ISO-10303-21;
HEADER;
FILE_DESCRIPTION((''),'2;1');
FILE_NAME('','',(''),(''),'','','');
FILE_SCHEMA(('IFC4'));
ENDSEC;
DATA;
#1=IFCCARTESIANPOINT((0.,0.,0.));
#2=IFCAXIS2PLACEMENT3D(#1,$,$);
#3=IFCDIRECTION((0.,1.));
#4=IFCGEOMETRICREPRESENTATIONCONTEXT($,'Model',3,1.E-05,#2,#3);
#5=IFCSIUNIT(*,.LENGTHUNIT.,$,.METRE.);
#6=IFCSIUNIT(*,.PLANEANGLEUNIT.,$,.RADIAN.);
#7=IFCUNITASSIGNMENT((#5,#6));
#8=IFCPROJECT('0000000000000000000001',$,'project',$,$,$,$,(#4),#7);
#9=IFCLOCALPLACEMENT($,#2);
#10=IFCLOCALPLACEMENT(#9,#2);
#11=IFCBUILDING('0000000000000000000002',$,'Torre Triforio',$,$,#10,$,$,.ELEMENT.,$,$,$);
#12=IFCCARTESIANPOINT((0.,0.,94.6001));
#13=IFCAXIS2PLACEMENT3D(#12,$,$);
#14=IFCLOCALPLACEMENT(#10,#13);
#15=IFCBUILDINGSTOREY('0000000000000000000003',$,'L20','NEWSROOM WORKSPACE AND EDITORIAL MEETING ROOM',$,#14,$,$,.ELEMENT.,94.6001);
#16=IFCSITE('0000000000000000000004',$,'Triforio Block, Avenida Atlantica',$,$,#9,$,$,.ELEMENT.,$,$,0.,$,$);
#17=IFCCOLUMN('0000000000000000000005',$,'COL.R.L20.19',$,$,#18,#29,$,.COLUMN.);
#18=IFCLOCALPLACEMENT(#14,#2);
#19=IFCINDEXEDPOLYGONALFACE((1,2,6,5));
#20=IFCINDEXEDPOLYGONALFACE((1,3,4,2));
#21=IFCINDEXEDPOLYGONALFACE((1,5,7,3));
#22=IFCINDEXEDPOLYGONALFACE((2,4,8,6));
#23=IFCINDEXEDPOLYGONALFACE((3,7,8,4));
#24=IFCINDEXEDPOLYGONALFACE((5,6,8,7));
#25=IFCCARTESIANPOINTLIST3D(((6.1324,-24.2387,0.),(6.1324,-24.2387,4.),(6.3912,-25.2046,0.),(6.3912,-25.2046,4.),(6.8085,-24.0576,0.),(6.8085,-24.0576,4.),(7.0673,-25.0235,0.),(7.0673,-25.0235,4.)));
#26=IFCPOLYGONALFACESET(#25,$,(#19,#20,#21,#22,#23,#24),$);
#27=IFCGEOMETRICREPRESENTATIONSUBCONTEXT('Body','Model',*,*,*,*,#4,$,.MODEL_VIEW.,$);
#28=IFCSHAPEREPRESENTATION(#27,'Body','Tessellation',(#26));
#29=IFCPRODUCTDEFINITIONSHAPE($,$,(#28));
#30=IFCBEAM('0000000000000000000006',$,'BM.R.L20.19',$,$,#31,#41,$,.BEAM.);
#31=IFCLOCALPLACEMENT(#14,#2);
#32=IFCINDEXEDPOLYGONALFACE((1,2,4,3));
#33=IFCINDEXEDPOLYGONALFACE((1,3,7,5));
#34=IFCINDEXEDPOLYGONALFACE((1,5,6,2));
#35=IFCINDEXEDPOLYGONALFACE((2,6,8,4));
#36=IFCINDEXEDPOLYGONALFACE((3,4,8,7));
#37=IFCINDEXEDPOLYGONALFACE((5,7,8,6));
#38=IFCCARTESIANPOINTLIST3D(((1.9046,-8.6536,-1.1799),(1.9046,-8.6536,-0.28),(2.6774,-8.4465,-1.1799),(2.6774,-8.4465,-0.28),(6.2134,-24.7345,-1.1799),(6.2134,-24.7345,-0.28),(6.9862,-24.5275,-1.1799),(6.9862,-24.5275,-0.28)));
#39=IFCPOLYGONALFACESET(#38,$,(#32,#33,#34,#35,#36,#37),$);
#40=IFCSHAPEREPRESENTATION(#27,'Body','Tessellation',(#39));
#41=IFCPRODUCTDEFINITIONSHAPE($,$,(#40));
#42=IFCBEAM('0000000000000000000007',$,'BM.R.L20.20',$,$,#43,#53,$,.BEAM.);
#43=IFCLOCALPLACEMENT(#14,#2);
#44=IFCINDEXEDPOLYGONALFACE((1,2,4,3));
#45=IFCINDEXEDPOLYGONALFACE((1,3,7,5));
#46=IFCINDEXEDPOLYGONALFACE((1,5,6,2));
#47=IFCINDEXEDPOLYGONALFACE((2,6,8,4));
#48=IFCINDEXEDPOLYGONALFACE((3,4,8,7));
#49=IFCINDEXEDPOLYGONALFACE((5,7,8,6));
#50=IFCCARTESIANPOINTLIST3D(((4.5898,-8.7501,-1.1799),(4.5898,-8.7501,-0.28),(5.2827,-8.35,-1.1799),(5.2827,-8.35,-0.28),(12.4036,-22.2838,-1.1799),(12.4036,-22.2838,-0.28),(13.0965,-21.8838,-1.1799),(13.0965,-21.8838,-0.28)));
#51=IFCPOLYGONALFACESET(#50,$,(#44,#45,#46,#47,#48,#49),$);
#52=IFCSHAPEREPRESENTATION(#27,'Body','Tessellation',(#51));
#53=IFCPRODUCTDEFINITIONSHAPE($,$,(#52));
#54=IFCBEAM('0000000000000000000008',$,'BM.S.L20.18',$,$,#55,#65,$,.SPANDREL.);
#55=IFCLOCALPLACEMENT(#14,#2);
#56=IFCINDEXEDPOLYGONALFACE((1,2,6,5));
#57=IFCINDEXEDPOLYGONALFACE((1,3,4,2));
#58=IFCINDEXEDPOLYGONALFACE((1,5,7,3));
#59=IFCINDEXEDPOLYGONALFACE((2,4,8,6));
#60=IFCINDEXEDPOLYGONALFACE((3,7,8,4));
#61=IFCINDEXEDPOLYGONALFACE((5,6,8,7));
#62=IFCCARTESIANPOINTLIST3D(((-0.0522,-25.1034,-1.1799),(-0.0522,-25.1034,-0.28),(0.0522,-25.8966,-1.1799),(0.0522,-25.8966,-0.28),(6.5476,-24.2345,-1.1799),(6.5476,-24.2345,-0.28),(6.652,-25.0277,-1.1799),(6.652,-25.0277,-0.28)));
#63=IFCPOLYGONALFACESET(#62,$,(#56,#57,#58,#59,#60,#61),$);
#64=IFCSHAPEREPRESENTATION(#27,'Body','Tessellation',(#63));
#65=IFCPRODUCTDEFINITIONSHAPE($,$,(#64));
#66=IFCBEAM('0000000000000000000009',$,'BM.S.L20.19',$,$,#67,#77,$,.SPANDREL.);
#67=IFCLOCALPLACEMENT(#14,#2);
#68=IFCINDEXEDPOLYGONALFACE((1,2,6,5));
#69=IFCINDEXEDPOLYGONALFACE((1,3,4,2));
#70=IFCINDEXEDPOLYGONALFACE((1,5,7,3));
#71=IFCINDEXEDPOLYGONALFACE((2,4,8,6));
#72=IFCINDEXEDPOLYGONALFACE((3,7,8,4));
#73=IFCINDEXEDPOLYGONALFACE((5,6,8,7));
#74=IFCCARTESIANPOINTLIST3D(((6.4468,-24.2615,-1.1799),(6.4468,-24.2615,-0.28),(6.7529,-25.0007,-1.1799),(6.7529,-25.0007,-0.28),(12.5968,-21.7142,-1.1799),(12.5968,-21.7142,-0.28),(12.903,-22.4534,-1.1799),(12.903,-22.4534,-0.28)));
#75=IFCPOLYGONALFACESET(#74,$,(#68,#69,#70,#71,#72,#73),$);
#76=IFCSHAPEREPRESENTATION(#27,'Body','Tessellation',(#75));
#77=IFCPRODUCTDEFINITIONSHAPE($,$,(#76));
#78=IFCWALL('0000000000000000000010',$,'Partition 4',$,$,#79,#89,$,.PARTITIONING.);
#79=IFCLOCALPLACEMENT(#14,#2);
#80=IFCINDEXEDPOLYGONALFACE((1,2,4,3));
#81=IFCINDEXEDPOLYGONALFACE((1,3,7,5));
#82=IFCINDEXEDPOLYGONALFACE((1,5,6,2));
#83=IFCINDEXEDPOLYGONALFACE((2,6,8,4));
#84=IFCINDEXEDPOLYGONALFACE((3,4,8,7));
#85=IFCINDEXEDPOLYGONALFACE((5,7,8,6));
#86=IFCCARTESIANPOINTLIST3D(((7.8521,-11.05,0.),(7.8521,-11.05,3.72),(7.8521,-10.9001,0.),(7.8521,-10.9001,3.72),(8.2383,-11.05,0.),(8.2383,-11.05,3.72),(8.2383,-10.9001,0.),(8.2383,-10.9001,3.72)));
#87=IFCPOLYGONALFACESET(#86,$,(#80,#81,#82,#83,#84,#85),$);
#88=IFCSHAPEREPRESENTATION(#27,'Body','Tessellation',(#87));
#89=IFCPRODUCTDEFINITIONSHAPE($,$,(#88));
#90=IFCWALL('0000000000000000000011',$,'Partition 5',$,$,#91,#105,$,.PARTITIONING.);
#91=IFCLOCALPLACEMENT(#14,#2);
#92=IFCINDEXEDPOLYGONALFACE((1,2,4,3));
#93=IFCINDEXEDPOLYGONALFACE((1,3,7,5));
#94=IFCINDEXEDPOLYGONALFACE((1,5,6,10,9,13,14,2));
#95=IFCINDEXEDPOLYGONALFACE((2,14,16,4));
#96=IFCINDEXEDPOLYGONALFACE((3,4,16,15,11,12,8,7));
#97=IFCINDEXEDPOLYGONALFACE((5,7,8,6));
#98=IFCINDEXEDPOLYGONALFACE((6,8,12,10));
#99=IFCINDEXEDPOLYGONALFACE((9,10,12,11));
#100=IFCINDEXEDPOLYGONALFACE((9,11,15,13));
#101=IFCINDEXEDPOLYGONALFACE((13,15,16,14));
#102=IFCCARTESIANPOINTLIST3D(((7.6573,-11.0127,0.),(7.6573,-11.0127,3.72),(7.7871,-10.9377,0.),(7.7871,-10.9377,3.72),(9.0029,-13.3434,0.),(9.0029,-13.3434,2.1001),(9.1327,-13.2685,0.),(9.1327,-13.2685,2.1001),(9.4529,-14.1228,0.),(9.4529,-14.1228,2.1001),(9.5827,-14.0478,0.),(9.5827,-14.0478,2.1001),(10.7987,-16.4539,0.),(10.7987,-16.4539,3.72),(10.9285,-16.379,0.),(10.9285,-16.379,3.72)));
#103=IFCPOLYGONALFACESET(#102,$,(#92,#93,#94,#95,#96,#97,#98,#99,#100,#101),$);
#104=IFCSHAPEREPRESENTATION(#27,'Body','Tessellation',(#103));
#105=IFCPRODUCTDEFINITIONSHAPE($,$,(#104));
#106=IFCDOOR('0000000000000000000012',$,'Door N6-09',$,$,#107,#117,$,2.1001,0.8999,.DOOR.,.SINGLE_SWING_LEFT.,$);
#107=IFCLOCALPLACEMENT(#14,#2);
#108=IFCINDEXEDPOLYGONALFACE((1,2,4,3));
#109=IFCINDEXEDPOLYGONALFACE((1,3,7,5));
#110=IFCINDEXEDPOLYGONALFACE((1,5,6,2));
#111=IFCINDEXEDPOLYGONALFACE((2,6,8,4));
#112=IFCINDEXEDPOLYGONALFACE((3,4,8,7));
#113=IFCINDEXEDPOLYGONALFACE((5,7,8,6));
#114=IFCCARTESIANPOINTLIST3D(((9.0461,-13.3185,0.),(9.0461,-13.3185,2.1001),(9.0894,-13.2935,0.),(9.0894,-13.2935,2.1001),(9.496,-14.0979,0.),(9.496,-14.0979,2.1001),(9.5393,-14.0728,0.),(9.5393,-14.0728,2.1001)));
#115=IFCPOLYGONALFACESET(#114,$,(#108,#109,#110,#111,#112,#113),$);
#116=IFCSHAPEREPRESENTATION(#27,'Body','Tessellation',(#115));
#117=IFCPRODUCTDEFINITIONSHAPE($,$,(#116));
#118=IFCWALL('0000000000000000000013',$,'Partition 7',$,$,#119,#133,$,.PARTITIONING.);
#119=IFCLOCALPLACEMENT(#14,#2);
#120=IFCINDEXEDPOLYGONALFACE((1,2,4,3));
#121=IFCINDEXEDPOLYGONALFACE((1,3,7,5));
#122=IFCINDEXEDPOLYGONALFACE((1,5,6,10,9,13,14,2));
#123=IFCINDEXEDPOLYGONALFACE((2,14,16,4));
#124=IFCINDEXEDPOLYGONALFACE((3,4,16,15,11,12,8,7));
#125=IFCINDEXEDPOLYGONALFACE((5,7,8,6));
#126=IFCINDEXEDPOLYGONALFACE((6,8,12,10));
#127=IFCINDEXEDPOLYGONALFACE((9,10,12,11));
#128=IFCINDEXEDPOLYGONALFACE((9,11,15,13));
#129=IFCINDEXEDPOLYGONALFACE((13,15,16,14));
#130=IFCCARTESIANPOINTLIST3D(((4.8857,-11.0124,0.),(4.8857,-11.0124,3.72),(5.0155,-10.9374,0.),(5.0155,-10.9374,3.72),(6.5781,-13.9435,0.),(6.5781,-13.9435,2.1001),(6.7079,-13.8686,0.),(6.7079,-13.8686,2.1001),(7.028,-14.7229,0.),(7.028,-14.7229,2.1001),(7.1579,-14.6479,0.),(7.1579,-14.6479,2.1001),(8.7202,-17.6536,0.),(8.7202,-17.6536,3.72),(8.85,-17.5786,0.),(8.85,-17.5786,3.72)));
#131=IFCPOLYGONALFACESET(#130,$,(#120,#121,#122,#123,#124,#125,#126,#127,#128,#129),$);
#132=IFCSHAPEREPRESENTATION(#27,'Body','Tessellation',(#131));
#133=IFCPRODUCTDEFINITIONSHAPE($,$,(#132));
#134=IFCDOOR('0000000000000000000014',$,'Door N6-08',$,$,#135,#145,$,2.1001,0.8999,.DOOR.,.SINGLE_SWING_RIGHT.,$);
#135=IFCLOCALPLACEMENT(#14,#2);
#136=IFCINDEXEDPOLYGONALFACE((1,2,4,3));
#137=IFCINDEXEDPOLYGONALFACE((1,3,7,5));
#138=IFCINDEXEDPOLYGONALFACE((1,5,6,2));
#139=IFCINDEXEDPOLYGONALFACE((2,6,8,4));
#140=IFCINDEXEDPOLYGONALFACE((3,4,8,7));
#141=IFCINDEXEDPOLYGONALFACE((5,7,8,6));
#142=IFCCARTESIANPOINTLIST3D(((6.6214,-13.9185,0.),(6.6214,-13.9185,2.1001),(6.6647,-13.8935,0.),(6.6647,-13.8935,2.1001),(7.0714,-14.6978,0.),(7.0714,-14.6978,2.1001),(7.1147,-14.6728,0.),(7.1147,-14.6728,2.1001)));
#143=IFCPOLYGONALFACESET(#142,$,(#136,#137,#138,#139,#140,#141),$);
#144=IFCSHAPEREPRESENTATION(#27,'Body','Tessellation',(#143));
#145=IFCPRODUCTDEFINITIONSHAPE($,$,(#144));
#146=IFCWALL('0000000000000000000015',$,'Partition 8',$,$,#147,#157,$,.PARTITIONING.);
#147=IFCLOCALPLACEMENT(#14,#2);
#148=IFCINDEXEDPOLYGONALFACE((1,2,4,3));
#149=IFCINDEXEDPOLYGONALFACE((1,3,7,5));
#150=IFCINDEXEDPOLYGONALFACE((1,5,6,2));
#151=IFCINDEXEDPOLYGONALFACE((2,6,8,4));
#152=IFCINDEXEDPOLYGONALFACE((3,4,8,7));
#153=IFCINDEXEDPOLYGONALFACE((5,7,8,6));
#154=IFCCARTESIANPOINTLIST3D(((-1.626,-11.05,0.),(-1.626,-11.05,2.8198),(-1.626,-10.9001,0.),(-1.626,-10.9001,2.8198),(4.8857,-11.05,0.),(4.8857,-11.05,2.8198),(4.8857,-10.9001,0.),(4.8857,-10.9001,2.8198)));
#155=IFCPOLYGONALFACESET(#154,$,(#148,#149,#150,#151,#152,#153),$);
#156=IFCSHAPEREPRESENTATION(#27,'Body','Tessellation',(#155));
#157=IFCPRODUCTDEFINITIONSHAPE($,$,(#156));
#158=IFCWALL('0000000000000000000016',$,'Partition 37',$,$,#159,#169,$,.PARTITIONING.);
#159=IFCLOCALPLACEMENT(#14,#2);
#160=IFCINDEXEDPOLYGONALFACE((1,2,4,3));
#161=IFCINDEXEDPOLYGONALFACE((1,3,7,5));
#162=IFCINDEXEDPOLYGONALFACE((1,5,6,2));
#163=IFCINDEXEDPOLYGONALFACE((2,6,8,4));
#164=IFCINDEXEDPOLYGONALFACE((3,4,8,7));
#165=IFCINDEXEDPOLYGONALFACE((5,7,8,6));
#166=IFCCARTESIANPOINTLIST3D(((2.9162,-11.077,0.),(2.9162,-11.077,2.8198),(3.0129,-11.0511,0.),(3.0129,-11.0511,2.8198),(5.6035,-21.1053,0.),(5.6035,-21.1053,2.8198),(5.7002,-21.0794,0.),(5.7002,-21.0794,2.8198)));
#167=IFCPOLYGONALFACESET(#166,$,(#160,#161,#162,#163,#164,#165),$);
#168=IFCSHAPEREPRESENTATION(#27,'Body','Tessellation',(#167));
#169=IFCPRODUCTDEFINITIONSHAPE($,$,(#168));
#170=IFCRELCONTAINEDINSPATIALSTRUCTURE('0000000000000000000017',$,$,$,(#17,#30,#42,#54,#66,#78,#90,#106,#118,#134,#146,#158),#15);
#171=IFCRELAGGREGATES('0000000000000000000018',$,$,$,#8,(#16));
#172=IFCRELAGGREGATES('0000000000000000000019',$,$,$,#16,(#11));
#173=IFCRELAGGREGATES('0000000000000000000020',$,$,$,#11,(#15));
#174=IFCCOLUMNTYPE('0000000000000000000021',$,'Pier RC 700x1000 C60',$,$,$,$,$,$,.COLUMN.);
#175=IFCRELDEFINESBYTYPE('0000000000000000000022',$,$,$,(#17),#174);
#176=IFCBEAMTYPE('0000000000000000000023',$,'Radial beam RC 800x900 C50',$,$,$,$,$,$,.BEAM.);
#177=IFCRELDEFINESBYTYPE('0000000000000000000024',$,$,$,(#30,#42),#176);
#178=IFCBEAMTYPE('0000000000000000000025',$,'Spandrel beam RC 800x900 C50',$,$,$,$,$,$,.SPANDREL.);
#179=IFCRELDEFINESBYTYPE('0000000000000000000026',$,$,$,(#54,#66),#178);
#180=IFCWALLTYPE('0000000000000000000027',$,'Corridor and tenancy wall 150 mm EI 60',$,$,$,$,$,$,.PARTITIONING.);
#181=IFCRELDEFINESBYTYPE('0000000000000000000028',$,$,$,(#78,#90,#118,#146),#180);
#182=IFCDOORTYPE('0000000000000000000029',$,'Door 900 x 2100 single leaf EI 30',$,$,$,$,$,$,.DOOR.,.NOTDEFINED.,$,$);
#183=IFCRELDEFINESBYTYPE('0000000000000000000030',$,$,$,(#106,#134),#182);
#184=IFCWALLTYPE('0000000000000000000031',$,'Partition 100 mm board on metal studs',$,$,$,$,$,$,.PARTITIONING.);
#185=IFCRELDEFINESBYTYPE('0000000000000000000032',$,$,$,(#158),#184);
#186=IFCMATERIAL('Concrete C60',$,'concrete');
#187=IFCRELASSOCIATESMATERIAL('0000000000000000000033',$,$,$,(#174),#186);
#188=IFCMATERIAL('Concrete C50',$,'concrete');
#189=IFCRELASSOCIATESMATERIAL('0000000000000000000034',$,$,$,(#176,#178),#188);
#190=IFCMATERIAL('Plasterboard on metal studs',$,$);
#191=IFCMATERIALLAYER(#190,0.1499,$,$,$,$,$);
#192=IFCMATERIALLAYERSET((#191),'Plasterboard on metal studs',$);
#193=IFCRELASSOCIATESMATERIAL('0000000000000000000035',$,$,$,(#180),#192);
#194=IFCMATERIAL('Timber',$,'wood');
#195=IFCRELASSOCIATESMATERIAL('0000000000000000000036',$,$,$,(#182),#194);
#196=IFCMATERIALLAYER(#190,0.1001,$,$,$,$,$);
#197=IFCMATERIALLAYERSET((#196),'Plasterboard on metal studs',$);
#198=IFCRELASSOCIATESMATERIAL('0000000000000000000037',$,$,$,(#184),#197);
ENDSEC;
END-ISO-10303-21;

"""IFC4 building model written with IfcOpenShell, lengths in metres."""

from ifc_helpers import new_model, si_unit, direction, frame, frame_2d, origin, origin_2d, place, context, subcontext, project, spatial, rectangle, extrude, material, layer, layer_set, material_profile, profile_set, type_object, element, fill, save


model = new_model("IFC4")

# Units and contexts
model_context = context("Model", 3, precision=1e-05, world=origin(), true_north=direction((0.0, 1.0)))
body_context = subcontext(model_context, "Body", "Model", "MODEL_VIEW")
ifc_project = project(units=[si_unit("LENGTHUNIT", "METRE"), si_unit("PLANEANGLEUNIT", "RADIAN")], contexts=[model_context])

# Site, building, storey
site_placement = place(None, origin())
site = spatial("IfcSite", under=ifc_project, at=site_placement, Name="Triforio Block, Avenida Atlantica", CompositionType="ELEMENT", RefElevation=0.0)
building_placement = place(site_placement, origin())
building = spatial("IfcBuilding", under=site, at=building_placement, Name="Torre Triforio", CompositionType="ELEMENT")
storey_placement = place(building_placement, frame((0.0, 0.0, 94.6001)))
storey = spatial("IfcBuildingStorey", under=building, at=storey_placement, Name="L20", Description="NEWSROOM WORKSPACE AND EDITORIAL MEETING ROOM", CompositionType="ELEMENT", Elevation=94.6001)

# Column
ifc_material_1 = material(Name="Concrete C60", Category="concrete")
ifc_material_profile_1 = material_profile(ifc_material_1, rectangle(XDim=0.7, YDim=1.0, at=origin_2d()), Name="RC 700x1000")
ifc_profile_set_1 = profile_set([ifc_material_profile_1], Name="Concrete C60")
column_type = type_object("IfcColumnType", Name="Pier RC 700x1000 C60", PredefinedType="COLUMN", material=ifc_profile_set_1)
column_placement = place(storey_placement, frame((6.5999, -24.6311, 0.0), z_axis=(0.0, 0.0, 1.0), x_axis=(0.965926, 0.258819, 0.0)))
element("IfcColumn", 1, at=column_placement, inside=storey, type_object=column_type, Name="COL.R.L20.19", PredefinedType="COLUMN", context=body_context, shape_type="SweptSolid", body=[
    extrude(rectangle(XDim=0.7, YDim=1.0, at=origin_2d()), origin(), (0.0, 0.0, 1.0), 4.0),
])

# Beams
ifc_material_2 = material(Name="Concrete C50", Category="concrete")
ifc_material_profile_2 = material_profile(ifc_material_2, rectangle(XDim=0.8, YDim=0.8999, at=origin_2d()), Name="RC 800x900")
ifc_profile_set_2 = profile_set([ifc_material_profile_2], Name="Concrete C50")
beam_type_1 = type_object("IfcBeamType", Name="Radial beam RC 800x900 C50", PredefinedType="BEAM", material=ifc_profile_set_2)
beam_1_placement = place(storey_placement, frame((2.291, -8.55, -0.73), z_axis=(0.258815, -0.965927, 0.0), x_axis=(0.965927, 0.258815, 0.0)))
element("IfcBeam", 2, at=beam_1_placement, inside=storey, type_object=beam_type_1, Name="BM.R.L20.19", PredefinedType="BEAM", context=body_context, shape_type="SweptSolid", body=[
    extrude(rectangle(XDim=0.8, YDim=0.8999, at=origin_2d()), origin(), (0.0, 0.0, 1.0), 16.6482),
])
beam_2_placement = place(storey_placement, frame((4.9363, -8.55, -0.73), z_axis=(0.500002, -0.866024, 0.0), x_axis=(0.866024, 0.500002, 0.0)))
element("IfcBeam", 3, at=beam_2_placement, inside=storey, type_object=beam_type_1, Name="BM.R.L20.20", PredefinedType="BEAM", context=body_context, shape_type="SweptSolid", body=[
    extrude(rectangle(XDim=0.8, YDim=0.8999, at=origin_2d()), origin(), (0.0, 0.0, 1.0), 15.6274),
])
ifc_material_profile_3 = material_profile(ifc_material_2, rectangle(XDim=0.8, YDim=0.8999, at=origin_2d()), Name="RC 800x900")
ifc_profile_set_3 = profile_set([ifc_material_profile_3], Name="Concrete C50")
beam_type_2 = type_object("IfcBeamType", Name="Spandrel beam RC 800x900 C50", PredefinedType="SPANDREL", material=ifc_profile_set_3)
for number, where, z_axis, x_axis, name in (
    (4, (0.0, -25.5, -0.73), (0.991445, 0.130528, 0.0), (-0.130528, 0.991445, 0.0), "BM.S.L20.18"),
    (5, (6.5999, -24.6311, -0.73), (0.923885, 0.382669, 0.0), (-0.382669, 0.923885, 0.0), "BM.S.L20.19"),
):
    element("IfcBeam", number, at=place(storey_placement, frame(where, z_axis=z_axis, x_axis=x_axis)), inside=storey, type_object=beam_type_2, Name=name, PredefinedType="SPANDREL", context=body_context, shape_type="SweptSolid", body=[
        extrude(rectangle(XDim=0.8, YDim=0.8999, at=origin_2d()), origin(), (0.0, 0.0, 1.0), 6.6567),
    ])

# Wall
ifc_material_3 = material(Name="Plasterboard on metal studs")
ifc_layer_1 = layer(ifc_material_3, 0.1499)
ifc_layer_set_1 = layer_set([ifc_layer_1], Name="Plasterboard on metal studs")
wall_type_1 = type_object("IfcWallType", Name="Corridor and tenancy wall 150 mm EI 60", PredefinedType="PARTITIONING", material=ifc_layer_set_1)
wall_1_placement = place(storey_placement, frame((8.2383, -10.9751, 0.0), z_axis=(0.0, 0.0, 1.0), x_axis=(-1.0, 0.0, 0.0)))
element("IfcWall", 6, at=wall_1_placement, inside=storey, type_object=wall_type_1, Name="Partition 4", PredefinedType="PARTITIONING", context=body_context, shape_type="SweptSolid", body=[
    extrude(rectangle(XDim=0.3862, YDim=0.1499, at=frame_2d((0.1931, 0.0))), origin(), (0.0, 0.0, 1.0), 3.72),
])

# Walls, openings, doors
wall_2_placement = place(storey_placement, frame((7.7222, -10.9751, 0.0), z_axis=(0.0, 0.0, 1.0), x_axis=(0.499988, -0.866032, 0.0)))
wall_2 = element("IfcWall", 7, at=wall_2_placement, inside=storey, type_object=wall_type_1, Name="Partition 5", PredefinedType="PARTITIONING", context=body_context, shape_type="SweptSolid", body=[
    extrude(rectangle(XDim=6.283, YDim=0.1499, at=frame_2d((3.1416, 0.0))), origin(), (0.0, 0.0, 1.0), 3.72),
])
opening_1_placement = place(wall_2_placement, frame((2.6914, 0.0, 0.0)))
opening_1 = element("IfcOpeningElement", 8, at=opening_1_placement, cuts=wall_2, PredefinedType="OPENING", context=body_context, shape_type="SweptSolid", body=[
    extrude(rectangle(XDim=0.8999, YDim=2.1001, at=frame_2d((0.45, 1.05))), frame((0.0, 0.085, 0.0), z_axis=(0.0, -1.0, 0.0), x_axis=(1.0, 0.0, 0.0)), (0.0, 0.0, 1.0), 0.1699),
])
ifc_material_4 = material(Name="Timber", Category="wood")
door_type_1 = type_object("IfcDoorType", Name="Door 900 x 2100 single leaf EI 30", OperationType="NOTDEFINED", PredefinedType="DOOR", material=ifc_material_4)
door_1_placement = place(opening_1_placement, origin())
door_1 = element("IfcDoor", 9, at=door_1_placement, inside=storey, type_object=door_type_1, Name="Door N6-09", OperationType="SINGLE_SWING_LEFT", OverallHeight=2.1001, OverallWidth=0.8999, PredefinedType="DOOR", context=body_context, shape_type="SweptSolid", body=[
    extrude(rectangle(XDim=0.8999, YDim=2.1001, at=frame_2d((0.45, 1.05))), frame((0.0, 0.0249, 0.0), z_axis=(0.0, -1.0, 0.0), x_axis=(1.0, 0.0, 0.0)), (0.0, 0.0, 1.0), 0.05),
])
fill(opening_1, door_1)
wall_3_placement = place(storey_placement, frame((8.7852, -17.6162, 0.0), z_axis=(0.0, 0.0, 1.0), x_axis=(-0.500022, 0.866013, 0.0)))
wall_3 = element("IfcWall", 10, at=wall_3_placement, inside=storey, type_object=wall_type_1, Name="Partition 7", PredefinedType="PARTITIONING", context=body_context, shape_type="SweptSolid", body=[
    extrude(rectangle(XDim=7.6687, YDim=0.1499, at=frame_2d((3.8345, 0.0))), origin(), (0.0, 0.0, 1.0), 3.72),
])
opening_2_placement = place(wall_3_placement, frame((3.3843, 0.0, 0.0)))
opening_2 = element("IfcOpeningElement", 11, at=opening_2_placement, cuts=wall_3, PredefinedType="OPENING", context=body_context, shape_type="SweptSolid", body=[
    extrude(rectangle(XDim=0.8999, YDim=2.1001, at=frame_2d((0.45, 1.05))), frame((0.0, 0.085, 0.0), z_axis=(0.0, -1.0, 0.0), x_axis=(1.0, 0.0, 0.0)), (0.0, 0.0, 1.0), 0.1699),
])
door_2_placement = place(opening_2_placement, origin())
door_2 = element("IfcDoor", 12, at=door_2_placement, inside=storey, type_object=door_type_1, Name="Door N6-08", OperationType="SINGLE_SWING_RIGHT", OverallHeight=2.1001, OverallWidth=0.8999, PredefinedType="DOOR", context=body_context, shape_type="SweptSolid", body=[
    extrude(rectangle(XDim=0.8999, YDim=2.1001, at=frame_2d((0.45, 1.05))), frame((0.0, 0.0249, 0.0), z_axis=(0.0, -1.0, 0.0), x_axis=(1.0, 0.0, 0.0)), (0.0, 0.0, 1.0), 0.05),
])
fill(opening_2, door_2)

# Walls
wall_4_placement = place(storey_placement, frame((4.8857, -10.9751, 0.0), z_axis=(0.0, 0.0, 1.0), x_axis=(-1.0, 0.0, 0.0)))
element("IfcWall", 13, at=wall_4_placement, inside=storey, type_object=wall_type_1, Name="Partition 8", PredefinedType="PARTITIONING", context=body_context, shape_type="SweptSolid", body=[
    extrude(rectangle(XDim=6.5117, YDim=0.1499, at=frame_2d((3.2559, 0.0))), origin(), (0.0, 0.0, 1.0), 2.8198),
])
ifc_layer_2 = layer(ifc_material_3, 0.1001)
ifc_layer_set_2 = layer_set([ifc_layer_2], Name="Plasterboard on metal studs")
wall_type_2 = type_object("IfcWallType", Name="Partition 100 mm board on metal studs", PredefinedType="PARTITIONING", material=ifc_layer_set_2)
wall_5_placement = place(storey_placement, frame((2.9646, -11.0642, 0.0), z_axis=(0.0, 0.0, 1.0), x_axis=(0.258835, -0.965922, 0.0)))
element("IfcWall", 14, at=wall_5_placement, inside=storey, type_object=wall_type_2, Name="Partition 37", PredefinedType="PARTITIONING", context=body_context, shape_type="SweptSolid", body=[
    extrude(rectangle(XDim=10.3821, YDim=0.1001, at=frame_2d((5.1909, 0.0))), origin(), (0.0, 0.0, 1.0), 2.8198),
])

save(model, "model.ifc")
